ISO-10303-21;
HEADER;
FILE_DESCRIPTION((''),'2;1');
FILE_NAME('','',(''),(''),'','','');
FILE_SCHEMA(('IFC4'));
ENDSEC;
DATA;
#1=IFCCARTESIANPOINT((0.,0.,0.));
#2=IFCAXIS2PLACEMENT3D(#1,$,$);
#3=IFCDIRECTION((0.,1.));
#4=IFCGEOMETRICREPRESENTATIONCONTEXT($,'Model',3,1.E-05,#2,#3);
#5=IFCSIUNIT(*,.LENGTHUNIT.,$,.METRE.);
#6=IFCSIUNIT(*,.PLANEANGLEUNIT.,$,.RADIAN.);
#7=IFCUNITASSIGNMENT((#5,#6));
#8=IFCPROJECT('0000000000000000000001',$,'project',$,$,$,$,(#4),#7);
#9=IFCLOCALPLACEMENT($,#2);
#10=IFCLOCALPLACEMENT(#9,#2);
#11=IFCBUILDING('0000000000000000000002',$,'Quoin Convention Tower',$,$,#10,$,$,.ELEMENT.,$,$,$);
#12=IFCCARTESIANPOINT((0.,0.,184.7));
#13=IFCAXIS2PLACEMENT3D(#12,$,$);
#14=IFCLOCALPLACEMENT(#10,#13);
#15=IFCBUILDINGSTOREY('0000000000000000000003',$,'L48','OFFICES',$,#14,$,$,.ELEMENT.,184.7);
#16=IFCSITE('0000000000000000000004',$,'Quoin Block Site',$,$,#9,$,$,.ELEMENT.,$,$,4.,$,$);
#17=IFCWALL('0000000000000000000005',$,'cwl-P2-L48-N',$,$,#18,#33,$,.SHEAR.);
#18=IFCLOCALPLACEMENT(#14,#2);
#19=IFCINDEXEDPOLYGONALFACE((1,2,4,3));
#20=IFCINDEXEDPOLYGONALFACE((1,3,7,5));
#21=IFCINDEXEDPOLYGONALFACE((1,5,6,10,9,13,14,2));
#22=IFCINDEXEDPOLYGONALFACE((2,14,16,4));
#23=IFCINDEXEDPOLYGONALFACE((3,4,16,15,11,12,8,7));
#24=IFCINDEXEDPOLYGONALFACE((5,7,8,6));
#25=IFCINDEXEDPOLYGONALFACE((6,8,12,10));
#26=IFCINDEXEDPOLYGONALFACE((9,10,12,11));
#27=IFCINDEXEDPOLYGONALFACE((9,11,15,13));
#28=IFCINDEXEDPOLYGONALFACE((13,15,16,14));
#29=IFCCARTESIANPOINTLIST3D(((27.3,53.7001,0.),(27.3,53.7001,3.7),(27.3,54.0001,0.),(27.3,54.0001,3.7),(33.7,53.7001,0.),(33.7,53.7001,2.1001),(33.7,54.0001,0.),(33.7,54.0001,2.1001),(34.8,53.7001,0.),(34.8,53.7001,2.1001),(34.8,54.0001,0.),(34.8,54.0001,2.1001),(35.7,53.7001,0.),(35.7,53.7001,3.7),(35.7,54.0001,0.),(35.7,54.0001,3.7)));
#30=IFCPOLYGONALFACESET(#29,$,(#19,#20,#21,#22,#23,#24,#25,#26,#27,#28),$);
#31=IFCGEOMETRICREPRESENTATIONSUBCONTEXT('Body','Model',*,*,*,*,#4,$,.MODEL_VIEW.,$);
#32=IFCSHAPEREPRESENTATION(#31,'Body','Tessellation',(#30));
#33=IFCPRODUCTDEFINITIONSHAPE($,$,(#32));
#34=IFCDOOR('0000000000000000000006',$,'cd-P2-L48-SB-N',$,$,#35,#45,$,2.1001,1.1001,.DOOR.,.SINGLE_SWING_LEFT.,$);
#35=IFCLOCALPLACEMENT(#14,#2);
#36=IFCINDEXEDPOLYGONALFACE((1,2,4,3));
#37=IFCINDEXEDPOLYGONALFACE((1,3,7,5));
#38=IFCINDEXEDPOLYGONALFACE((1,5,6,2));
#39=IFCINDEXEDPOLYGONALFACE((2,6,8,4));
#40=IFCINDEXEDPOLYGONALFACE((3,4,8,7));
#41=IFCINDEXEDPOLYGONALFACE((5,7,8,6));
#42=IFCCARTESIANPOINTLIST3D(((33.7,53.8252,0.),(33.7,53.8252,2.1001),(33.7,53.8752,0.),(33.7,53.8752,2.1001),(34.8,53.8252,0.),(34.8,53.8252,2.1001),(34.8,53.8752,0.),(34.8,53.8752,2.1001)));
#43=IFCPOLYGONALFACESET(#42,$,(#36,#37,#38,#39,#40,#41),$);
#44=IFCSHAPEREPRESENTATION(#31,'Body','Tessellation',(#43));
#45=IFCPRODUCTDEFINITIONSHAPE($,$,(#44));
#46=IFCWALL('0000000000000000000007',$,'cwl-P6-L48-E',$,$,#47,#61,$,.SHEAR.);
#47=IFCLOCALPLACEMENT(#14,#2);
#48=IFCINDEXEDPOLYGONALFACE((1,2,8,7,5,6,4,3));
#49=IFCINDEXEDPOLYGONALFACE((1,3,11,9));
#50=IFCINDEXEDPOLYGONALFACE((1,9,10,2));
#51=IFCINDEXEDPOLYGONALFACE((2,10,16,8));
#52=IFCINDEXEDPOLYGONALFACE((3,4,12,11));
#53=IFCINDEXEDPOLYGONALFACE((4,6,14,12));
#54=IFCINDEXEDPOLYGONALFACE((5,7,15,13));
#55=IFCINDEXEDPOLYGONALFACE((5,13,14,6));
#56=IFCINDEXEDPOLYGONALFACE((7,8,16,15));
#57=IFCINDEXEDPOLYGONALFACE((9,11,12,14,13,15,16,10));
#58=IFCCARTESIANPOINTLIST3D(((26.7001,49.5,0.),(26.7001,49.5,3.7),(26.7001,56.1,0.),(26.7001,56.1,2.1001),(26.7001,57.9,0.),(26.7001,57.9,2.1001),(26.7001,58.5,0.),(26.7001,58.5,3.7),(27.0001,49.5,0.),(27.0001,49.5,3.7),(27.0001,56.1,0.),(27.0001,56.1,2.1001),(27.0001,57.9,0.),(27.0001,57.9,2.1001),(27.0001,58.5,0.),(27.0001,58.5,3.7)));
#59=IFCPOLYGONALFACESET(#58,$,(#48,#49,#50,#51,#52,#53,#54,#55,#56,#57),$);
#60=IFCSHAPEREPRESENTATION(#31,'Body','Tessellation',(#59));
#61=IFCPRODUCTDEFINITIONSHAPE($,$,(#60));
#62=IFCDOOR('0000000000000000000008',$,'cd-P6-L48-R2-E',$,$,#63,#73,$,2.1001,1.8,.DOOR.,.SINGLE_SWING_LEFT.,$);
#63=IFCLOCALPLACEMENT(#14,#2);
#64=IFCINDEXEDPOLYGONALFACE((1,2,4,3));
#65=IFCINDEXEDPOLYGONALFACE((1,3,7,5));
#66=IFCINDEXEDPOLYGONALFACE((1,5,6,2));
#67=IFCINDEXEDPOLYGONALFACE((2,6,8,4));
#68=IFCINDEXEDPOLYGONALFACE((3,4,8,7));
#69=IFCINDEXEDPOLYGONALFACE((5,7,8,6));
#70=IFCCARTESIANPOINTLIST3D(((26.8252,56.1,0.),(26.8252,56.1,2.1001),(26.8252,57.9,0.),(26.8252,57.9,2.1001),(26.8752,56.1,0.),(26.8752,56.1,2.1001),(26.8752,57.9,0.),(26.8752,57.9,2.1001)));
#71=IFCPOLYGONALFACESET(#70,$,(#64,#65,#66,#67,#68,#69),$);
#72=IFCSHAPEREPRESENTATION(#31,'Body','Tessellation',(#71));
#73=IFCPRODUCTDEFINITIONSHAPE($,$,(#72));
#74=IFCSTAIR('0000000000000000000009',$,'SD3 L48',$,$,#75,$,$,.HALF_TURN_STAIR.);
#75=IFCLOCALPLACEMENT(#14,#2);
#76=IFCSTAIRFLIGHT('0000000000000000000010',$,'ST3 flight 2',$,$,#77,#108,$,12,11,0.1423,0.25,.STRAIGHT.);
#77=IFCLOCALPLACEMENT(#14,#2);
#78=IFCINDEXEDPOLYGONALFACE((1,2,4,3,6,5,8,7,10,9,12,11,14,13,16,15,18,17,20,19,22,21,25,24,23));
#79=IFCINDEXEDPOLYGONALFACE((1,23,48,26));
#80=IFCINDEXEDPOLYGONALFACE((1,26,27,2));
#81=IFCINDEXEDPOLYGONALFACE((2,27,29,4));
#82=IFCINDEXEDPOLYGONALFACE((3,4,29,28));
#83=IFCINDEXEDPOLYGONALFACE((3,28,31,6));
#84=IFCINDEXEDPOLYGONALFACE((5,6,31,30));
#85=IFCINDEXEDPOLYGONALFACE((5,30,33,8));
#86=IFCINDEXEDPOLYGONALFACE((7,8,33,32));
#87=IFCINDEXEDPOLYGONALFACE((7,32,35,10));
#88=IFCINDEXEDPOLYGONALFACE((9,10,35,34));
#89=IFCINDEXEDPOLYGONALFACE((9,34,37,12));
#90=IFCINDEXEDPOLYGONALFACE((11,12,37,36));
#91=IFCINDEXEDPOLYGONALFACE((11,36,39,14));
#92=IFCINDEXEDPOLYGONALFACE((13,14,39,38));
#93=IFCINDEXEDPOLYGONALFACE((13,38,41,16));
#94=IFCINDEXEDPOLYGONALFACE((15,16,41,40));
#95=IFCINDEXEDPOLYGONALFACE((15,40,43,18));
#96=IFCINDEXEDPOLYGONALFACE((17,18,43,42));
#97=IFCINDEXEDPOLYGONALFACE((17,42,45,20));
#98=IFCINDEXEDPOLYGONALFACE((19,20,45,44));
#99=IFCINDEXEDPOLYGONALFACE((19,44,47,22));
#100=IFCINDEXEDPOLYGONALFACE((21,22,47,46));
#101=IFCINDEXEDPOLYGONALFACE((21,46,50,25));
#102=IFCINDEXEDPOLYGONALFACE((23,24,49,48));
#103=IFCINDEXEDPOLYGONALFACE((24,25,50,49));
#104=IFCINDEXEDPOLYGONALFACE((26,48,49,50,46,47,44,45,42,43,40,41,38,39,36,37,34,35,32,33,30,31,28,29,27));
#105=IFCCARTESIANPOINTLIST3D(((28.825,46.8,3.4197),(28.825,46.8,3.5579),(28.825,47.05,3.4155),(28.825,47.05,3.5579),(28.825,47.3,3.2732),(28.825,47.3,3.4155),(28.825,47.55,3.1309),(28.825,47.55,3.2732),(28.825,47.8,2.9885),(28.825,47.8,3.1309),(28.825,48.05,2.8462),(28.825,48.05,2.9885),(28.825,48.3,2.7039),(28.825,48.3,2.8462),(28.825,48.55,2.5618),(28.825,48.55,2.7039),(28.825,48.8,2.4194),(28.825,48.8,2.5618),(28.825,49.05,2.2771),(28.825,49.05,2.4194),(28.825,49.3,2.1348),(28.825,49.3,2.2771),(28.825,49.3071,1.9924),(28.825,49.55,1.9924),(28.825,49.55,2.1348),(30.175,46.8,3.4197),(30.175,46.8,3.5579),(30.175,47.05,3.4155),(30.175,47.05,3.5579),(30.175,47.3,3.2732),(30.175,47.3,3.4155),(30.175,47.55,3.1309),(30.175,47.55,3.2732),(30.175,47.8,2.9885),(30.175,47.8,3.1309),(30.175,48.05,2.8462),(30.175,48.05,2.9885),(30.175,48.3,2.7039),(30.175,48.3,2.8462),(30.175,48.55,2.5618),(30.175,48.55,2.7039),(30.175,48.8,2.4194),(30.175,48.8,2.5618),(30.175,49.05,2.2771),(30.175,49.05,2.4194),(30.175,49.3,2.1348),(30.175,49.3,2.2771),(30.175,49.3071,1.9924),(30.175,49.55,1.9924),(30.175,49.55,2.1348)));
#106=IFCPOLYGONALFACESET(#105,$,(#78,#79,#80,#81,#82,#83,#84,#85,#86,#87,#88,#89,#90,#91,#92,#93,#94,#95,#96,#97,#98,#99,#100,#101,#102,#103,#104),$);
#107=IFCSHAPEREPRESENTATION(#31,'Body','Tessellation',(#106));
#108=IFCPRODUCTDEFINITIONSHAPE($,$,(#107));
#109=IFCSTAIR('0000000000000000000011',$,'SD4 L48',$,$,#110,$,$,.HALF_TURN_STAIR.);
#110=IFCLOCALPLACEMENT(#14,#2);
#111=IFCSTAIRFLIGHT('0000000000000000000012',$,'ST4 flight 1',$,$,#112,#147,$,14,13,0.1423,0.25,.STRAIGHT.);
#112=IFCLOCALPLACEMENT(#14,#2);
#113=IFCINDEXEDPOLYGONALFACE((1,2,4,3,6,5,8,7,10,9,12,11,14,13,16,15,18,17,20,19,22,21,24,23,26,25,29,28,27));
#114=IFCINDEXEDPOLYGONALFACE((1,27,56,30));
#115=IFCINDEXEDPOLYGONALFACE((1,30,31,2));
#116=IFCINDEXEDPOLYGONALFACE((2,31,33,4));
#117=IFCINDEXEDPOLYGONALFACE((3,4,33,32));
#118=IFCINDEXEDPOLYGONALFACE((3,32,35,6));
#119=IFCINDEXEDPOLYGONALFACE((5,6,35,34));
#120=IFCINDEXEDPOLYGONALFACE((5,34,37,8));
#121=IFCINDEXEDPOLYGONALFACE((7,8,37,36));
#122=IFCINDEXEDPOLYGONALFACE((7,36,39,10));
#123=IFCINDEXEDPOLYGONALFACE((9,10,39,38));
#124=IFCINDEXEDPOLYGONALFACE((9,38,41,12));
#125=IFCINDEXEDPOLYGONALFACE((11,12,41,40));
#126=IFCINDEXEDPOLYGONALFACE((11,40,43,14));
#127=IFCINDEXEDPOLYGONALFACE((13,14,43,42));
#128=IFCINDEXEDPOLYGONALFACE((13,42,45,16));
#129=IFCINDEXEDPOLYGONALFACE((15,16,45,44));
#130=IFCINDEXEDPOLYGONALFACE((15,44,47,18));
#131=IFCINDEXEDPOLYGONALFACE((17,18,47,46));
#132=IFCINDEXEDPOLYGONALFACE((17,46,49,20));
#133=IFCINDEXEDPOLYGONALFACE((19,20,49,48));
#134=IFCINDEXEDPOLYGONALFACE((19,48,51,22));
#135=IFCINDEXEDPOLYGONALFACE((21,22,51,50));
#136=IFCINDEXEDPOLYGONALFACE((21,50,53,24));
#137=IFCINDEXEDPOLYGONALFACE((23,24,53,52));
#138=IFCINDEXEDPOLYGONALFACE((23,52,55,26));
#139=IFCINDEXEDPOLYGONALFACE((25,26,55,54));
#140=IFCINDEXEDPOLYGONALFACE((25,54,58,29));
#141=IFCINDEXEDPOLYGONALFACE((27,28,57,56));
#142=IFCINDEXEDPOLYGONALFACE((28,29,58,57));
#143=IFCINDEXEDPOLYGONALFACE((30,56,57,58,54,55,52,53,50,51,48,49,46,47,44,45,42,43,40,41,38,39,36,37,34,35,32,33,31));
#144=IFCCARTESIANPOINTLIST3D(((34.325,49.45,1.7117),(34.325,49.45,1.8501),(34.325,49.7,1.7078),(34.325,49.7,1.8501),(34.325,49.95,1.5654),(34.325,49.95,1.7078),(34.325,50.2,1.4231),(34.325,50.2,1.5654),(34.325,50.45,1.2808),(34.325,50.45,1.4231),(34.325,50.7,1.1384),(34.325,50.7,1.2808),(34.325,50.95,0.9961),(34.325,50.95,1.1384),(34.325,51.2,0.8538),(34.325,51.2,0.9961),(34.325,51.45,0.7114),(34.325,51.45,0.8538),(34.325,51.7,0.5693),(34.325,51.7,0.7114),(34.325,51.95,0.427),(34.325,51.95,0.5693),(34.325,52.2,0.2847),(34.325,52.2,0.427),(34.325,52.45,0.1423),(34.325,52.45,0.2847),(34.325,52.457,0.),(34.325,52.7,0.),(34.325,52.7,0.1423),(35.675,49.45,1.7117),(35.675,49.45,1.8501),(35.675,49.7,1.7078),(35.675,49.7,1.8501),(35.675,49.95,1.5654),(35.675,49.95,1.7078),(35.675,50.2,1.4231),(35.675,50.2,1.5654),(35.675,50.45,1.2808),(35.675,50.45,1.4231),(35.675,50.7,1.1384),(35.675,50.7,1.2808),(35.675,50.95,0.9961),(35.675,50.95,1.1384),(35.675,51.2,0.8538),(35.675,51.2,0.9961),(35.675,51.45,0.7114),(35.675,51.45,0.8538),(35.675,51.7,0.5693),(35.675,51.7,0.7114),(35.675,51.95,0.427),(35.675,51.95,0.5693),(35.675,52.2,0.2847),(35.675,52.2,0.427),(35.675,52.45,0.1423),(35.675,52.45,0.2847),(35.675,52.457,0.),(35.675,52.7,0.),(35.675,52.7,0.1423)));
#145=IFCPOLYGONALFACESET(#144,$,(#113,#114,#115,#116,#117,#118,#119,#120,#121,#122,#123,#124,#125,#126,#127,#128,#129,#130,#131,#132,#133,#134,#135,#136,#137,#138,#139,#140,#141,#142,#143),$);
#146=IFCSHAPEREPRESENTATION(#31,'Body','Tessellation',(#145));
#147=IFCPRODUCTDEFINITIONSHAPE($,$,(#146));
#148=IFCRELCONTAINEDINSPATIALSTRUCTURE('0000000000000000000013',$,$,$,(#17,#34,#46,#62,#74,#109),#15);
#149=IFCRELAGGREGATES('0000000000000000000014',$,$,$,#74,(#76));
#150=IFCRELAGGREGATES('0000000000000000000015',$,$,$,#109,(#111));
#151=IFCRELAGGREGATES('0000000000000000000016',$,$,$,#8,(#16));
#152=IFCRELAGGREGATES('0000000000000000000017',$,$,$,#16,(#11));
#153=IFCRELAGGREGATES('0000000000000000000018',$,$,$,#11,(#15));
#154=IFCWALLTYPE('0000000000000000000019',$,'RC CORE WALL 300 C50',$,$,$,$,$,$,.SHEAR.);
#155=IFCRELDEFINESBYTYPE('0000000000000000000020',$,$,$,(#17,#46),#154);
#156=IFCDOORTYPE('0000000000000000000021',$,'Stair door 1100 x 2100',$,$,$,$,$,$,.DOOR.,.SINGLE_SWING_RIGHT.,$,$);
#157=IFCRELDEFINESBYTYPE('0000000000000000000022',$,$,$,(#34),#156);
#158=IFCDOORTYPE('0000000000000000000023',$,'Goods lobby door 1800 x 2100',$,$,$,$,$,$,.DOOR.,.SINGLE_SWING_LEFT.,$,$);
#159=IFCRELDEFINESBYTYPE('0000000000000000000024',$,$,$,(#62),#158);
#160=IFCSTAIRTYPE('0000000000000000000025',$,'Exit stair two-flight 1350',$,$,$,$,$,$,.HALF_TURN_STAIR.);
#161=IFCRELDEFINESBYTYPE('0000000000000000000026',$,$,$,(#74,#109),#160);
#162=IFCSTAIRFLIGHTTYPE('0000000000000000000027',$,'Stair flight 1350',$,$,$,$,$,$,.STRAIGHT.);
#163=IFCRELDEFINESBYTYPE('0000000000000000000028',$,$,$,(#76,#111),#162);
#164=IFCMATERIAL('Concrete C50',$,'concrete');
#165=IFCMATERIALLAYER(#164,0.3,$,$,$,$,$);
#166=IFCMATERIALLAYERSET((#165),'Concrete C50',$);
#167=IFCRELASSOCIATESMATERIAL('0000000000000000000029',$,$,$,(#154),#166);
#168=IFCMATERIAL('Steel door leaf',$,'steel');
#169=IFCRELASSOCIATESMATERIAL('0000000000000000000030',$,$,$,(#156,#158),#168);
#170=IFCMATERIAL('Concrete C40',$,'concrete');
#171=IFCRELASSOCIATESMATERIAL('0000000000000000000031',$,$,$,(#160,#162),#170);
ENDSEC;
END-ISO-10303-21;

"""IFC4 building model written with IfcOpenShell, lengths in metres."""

from ifc_helpers import new_model, si_unit, direction, frame, frame_2d, origin, place, context, subcontext, project, spatial, polyline, rectangle, outline, extrude, material, layer, layer_set, type_object, element, fill, aggregate, save


model = new_model("IFC4")

# Units and contexts
model_context = context("Model", 3, precision=1e-05, world=origin(), true_north=direction((0.0, 1.0)))
body_context = subcontext(model_context, "Body", "Model", "MODEL_VIEW")
ifc_project = project(units=[si_unit("LENGTHUNIT", "METRE"), si_unit("PLANEANGLEUNIT", "RADIAN")], contexts=[model_context])

# Site, building, storey
site_placement = place(None, origin())
site = spatial("IfcSite", under=ifc_project, at=site_placement, Name="Quoin Block Site", CompositionType="ELEMENT", RefElevation=4.0)
building_placement = place(site_placement, origin())
building = spatial("IfcBuilding", under=site, at=building_placement, Name="Quoin Convention Tower", CompositionType="ELEMENT")
storey_placement = place(building_placement, frame((0.0, 0.0, 184.7)))
storey = spatial("IfcBuildingStorey", under=building, at=storey_placement, Name="L48", Description="OFFICES", CompositionType="ELEMENT", Elevation=184.7)

# Shared definitions
ifc_material_1 = material(Name="Concrete C50", Category="concrete")

# Walls, openings, doors
ifc_material_2 = material(Name="Steel door leaf", Category="steel")
ifc_layer_1 = layer(ifc_material_1, 0.3)
ifc_layer_set_1 = layer_set([ifc_layer_1], Name="Concrete C50")
wall_type_1 = type_object("IfcWallType", Name="RC CORE WALL 300 C50", PredefinedType="SHEAR", material=ifc_layer_set_1)
wall_1_placement = place(storey_placement, frame((27.3, 53.8501, 0.0), z_axis=(0.0, 0.0, 1.0), x_axis=(1.0, 0.0, 0.0)))
wall_1 = element("IfcWall", 1, at=wall_1_placement, inside=storey, type_object=wall_type_1, Name="cwl-P2-L48-N", PredefinedType="SHEAR", context=body_context, shape_type="SweptSolid", body=[
    extrude(rectangle(XDim=8.3999, YDim=0.3, at=frame_2d((4.2, 0.0))), origin(), (0.0, 0.0, 1.0), 3.7),
])
opening_1_placement = place(wall_1_placement, frame((6.3999, 0.0, 0.0)))
opening_1 = element("IfcOpeningElement", 2, at=opening_1_placement, cuts=wall_1, PredefinedType="OPENING", context=body_context, shape_type="SweptSolid", body=[
    extrude(rectangle(XDim=1.1001, YDim=2.1001, at=frame_2d((0.55, 1.05))), frame((0.0, 0.1599, 0.0), z_axis=(0.0, -1.0, 0.0), x_axis=(1.0, 0.0, 0.0)), (0.0, 0.0, 1.0), 0.3201),
])
door_type_1 = type_object("IfcDoorType", Name="Stair door 1100 x 2100", OperationType="SINGLE_SWING_RIGHT", PredefinedType="DOOR", material=ifc_material_2)
door_1_placement = place(opening_1_placement, frame((1.1001, 0.0, 0.0), z_axis=(0.0, 0.0, 1.0), x_axis=(-1.0, 0.0, 0.0)))
door_1 = element("IfcDoor", 3, at=door_1_placement, inside=storey, type_object=door_type_1, Name="cd-P2-L48-SB-N", OperationType="SINGLE_SWING_LEFT", OverallHeight=2.1001, OverallWidth=1.1001, PredefinedType="DOOR", context=body_context, shape_type="SweptSolid", body=[
    extrude(rectangle(XDim=1.1001, YDim=2.1001, at=frame_2d((0.55, 1.05))), frame((0.0, 0.0249, 0.0), z_axis=(0.0, -1.0, 0.0), x_axis=(1.0, 0.0, 0.0)), (0.0, 0.0, 1.0), 0.05),
])
fill(opening_1, door_1)
wall_2_placement = place(storey_placement, frame((26.8501, 49.5, 0.0), z_axis=(0.0, 0.0, 1.0), x_axis=(0.0, 1.0, 0.0)))
wall_2 = element("IfcWall", 4, at=wall_2_placement, inside=storey, type_object=wall_type_1, Name="cwl-P6-L48-E", PredefinedType="SHEAR", context=body_context, shape_type="SweptSolid", body=[
    extrude(rectangle(XDim=9.0, YDim=0.3, at=frame_2d((4.5, 0.0))), origin(), (0.0, 0.0, 1.0), 3.7),
])
opening_2_placement = place(wall_2_placement, frame((6.6001, 0.0, 0.0)))
opening_2 = element("IfcOpeningElement", 5, at=opening_2_placement, cuts=wall_2, PredefinedType="OPENING", context=body_context, shape_type="SweptSolid", body=[
    extrude(rectangle(XDim=1.8, YDim=2.1001, at=frame_2d((0.8999, 1.05))), frame((0.0, 0.1599, 0.0), z_axis=(0.0, -1.0, 0.0), x_axis=(1.0, 0.0, 0.0)), (0.0, 0.0, 1.0), 0.3201),
])
door_type_2 = type_object("IfcDoorType", Name="Goods lobby door 1800 x 2100", OperationType="SINGLE_SWING_LEFT", PredefinedType="DOOR", material=ifc_material_2)
door_2_placement = place(opening_2_placement, origin())
door_2 = element("IfcDoor", 6, at=door_2_placement, inside=storey, type_object=door_type_2, Name="cd-P6-L48-R2-E", OperationType="SINGLE_SWING_LEFT", OverallHeight=2.1001, OverallWidth=1.8, PredefinedType="DOOR", context=body_context, shape_type="SweptSolid", body=[
    extrude(rectangle(XDim=1.8, YDim=2.1001, at=frame_2d((0.8999, 1.05))), frame((0.0, 0.0249, 0.0), z_axis=(0.0, -1.0, 0.0), x_axis=(1.0, 0.0, 0.0)), (0.0, 0.0, 1.0), 0.05),
])
fill(opening_2, door_2)

# Stair, stair flight
ifc_material_3 = material(Name="Concrete C40", Category="concrete")
stair_type = type_object("IfcStairType", Name="Exit stair two-flight 1350", PredefinedType="HALF_TURN_STAIR", material=ifc_material_3)
stair_1_placement = place(storey_placement, origin())
stair_1 = element("IfcStair", 7, at=stair_1_placement, inside=storey, type_object=stair_type, Name="SD3 L48", PredefinedType="HALF_TURN_STAIR")
stair_flight_type = type_object("IfcStairFlightType", Name="Stair flight 1350", PredefinedType="STRAIGHT", material=ifc_material_3)
stair_flight_1_placement = place(storey_placement, frame((29.5, 49.55, 1.9924), z_axis=(0.0, 0.0, 1.0), x_axis=(0.0, -1.0, 0.0)))
stair_flight_1 = element("IfcStairFlight", 8, at=stair_flight_1_placement, type_object=stair_flight_type, Name="ST3 flight 2", NumberOfRisers=12, NumberOfTreads=11, PredefinedType="STRAIGHT", RiserHeight=0.1423, TreadLength=0.25, context=body_context, shape_type="SweptSolid", body=[
    extrude(outline(polyline([(0.0, 0.0), (0.0, 0.1423), (0.25, 0.1423), (0.25, 0.2847), (0.5, 0.2847), (0.5, 0.427), (0.75, 0.427), (0.75, 0.5693), (1.0, 0.5693), (1.0, 0.7114), (1.25, 0.7114), (1.25, 0.8538), (1.5, 0.8538), (1.5, 0.9961), (1.75, 0.9961), (1.75, 1.1384), (2.0, 1.1384), (2.0, 1.2808), (2.25, 1.2808), (2.25, 1.4231), (2.5, 1.4231), (2.5, 1.5654), (2.75, 1.5654), (2.75, 1.7078), (2.75, 1.4272), (0.2429, 0.0), (0.0, 0.0)])), frame((0.0, 0.675, 0.0), z_axis=(0.0, -1.0, 0.0), x_axis=(1.0, 0.0, 0.0)), (0.0, 0.0, 1.0), 1.3501),
])
aggregate(stair_1, [stair_flight_1])

# Stair, stair flight
stair_2_placement = place(storey_placement, origin())
stair_2 = element("IfcStair", 9, at=stair_2_placement, inside=storey, type_object=stair_type, Name="SD4 L48", PredefinedType="HALF_TURN_STAIR")
stair_flight_2_placement = place(storey_placement, frame((35.0, 52.7, 0.0), z_axis=(0.0, 0.0, 1.0), x_axis=(0.0, -1.0, 0.0)))
stair_flight_2 = element("IfcStairFlight", 10, at=stair_flight_2_placement, type_object=stair_flight_type, Name="ST4 flight 1", NumberOfRisers=14, NumberOfTreads=13, PredefinedType="STRAIGHT", RiserHeight=0.1423, TreadLength=0.25, context=body_context, shape_type="SweptSolid", body=[
    extrude(outline(polyline([(0.0, 0.0), (0.0, 0.1423), (0.25, 0.1423), (0.25, 0.2847), (0.5, 0.2847), (0.5, 0.427), (0.75, 0.427), (0.75, 0.5693), (1.0, 0.5693), (1.0, 0.7114), (1.25, 0.7114), (1.25, 0.8538), (1.5, 0.8538), (1.5, 0.9961), (1.75, 0.9961), (1.75, 1.1384), (2.0, 1.1384), (2.0, 1.2808), (2.25, 1.2808), (2.25, 1.4231), (2.5, 1.4231), (2.5, 1.5654), (2.75, 1.5654), (2.75, 1.7078), (3.0, 1.7078), (3.0, 1.8501), (3.25, 1.8501), (3.25, 1.9922), (3.25, 1.7117), (0.2429, 0.0), (0.0, 0.0)])), frame((0.0, 0.675, 0.0), z_axis=(0.0, -1.0, 0.0), x_axis=(1.0, 0.0, 0.0)), (0.0, 0.0, 1.0), 1.3501),
])
aggregate(stair_2, [stair_flight_2])

save(model, "model.ifc")
